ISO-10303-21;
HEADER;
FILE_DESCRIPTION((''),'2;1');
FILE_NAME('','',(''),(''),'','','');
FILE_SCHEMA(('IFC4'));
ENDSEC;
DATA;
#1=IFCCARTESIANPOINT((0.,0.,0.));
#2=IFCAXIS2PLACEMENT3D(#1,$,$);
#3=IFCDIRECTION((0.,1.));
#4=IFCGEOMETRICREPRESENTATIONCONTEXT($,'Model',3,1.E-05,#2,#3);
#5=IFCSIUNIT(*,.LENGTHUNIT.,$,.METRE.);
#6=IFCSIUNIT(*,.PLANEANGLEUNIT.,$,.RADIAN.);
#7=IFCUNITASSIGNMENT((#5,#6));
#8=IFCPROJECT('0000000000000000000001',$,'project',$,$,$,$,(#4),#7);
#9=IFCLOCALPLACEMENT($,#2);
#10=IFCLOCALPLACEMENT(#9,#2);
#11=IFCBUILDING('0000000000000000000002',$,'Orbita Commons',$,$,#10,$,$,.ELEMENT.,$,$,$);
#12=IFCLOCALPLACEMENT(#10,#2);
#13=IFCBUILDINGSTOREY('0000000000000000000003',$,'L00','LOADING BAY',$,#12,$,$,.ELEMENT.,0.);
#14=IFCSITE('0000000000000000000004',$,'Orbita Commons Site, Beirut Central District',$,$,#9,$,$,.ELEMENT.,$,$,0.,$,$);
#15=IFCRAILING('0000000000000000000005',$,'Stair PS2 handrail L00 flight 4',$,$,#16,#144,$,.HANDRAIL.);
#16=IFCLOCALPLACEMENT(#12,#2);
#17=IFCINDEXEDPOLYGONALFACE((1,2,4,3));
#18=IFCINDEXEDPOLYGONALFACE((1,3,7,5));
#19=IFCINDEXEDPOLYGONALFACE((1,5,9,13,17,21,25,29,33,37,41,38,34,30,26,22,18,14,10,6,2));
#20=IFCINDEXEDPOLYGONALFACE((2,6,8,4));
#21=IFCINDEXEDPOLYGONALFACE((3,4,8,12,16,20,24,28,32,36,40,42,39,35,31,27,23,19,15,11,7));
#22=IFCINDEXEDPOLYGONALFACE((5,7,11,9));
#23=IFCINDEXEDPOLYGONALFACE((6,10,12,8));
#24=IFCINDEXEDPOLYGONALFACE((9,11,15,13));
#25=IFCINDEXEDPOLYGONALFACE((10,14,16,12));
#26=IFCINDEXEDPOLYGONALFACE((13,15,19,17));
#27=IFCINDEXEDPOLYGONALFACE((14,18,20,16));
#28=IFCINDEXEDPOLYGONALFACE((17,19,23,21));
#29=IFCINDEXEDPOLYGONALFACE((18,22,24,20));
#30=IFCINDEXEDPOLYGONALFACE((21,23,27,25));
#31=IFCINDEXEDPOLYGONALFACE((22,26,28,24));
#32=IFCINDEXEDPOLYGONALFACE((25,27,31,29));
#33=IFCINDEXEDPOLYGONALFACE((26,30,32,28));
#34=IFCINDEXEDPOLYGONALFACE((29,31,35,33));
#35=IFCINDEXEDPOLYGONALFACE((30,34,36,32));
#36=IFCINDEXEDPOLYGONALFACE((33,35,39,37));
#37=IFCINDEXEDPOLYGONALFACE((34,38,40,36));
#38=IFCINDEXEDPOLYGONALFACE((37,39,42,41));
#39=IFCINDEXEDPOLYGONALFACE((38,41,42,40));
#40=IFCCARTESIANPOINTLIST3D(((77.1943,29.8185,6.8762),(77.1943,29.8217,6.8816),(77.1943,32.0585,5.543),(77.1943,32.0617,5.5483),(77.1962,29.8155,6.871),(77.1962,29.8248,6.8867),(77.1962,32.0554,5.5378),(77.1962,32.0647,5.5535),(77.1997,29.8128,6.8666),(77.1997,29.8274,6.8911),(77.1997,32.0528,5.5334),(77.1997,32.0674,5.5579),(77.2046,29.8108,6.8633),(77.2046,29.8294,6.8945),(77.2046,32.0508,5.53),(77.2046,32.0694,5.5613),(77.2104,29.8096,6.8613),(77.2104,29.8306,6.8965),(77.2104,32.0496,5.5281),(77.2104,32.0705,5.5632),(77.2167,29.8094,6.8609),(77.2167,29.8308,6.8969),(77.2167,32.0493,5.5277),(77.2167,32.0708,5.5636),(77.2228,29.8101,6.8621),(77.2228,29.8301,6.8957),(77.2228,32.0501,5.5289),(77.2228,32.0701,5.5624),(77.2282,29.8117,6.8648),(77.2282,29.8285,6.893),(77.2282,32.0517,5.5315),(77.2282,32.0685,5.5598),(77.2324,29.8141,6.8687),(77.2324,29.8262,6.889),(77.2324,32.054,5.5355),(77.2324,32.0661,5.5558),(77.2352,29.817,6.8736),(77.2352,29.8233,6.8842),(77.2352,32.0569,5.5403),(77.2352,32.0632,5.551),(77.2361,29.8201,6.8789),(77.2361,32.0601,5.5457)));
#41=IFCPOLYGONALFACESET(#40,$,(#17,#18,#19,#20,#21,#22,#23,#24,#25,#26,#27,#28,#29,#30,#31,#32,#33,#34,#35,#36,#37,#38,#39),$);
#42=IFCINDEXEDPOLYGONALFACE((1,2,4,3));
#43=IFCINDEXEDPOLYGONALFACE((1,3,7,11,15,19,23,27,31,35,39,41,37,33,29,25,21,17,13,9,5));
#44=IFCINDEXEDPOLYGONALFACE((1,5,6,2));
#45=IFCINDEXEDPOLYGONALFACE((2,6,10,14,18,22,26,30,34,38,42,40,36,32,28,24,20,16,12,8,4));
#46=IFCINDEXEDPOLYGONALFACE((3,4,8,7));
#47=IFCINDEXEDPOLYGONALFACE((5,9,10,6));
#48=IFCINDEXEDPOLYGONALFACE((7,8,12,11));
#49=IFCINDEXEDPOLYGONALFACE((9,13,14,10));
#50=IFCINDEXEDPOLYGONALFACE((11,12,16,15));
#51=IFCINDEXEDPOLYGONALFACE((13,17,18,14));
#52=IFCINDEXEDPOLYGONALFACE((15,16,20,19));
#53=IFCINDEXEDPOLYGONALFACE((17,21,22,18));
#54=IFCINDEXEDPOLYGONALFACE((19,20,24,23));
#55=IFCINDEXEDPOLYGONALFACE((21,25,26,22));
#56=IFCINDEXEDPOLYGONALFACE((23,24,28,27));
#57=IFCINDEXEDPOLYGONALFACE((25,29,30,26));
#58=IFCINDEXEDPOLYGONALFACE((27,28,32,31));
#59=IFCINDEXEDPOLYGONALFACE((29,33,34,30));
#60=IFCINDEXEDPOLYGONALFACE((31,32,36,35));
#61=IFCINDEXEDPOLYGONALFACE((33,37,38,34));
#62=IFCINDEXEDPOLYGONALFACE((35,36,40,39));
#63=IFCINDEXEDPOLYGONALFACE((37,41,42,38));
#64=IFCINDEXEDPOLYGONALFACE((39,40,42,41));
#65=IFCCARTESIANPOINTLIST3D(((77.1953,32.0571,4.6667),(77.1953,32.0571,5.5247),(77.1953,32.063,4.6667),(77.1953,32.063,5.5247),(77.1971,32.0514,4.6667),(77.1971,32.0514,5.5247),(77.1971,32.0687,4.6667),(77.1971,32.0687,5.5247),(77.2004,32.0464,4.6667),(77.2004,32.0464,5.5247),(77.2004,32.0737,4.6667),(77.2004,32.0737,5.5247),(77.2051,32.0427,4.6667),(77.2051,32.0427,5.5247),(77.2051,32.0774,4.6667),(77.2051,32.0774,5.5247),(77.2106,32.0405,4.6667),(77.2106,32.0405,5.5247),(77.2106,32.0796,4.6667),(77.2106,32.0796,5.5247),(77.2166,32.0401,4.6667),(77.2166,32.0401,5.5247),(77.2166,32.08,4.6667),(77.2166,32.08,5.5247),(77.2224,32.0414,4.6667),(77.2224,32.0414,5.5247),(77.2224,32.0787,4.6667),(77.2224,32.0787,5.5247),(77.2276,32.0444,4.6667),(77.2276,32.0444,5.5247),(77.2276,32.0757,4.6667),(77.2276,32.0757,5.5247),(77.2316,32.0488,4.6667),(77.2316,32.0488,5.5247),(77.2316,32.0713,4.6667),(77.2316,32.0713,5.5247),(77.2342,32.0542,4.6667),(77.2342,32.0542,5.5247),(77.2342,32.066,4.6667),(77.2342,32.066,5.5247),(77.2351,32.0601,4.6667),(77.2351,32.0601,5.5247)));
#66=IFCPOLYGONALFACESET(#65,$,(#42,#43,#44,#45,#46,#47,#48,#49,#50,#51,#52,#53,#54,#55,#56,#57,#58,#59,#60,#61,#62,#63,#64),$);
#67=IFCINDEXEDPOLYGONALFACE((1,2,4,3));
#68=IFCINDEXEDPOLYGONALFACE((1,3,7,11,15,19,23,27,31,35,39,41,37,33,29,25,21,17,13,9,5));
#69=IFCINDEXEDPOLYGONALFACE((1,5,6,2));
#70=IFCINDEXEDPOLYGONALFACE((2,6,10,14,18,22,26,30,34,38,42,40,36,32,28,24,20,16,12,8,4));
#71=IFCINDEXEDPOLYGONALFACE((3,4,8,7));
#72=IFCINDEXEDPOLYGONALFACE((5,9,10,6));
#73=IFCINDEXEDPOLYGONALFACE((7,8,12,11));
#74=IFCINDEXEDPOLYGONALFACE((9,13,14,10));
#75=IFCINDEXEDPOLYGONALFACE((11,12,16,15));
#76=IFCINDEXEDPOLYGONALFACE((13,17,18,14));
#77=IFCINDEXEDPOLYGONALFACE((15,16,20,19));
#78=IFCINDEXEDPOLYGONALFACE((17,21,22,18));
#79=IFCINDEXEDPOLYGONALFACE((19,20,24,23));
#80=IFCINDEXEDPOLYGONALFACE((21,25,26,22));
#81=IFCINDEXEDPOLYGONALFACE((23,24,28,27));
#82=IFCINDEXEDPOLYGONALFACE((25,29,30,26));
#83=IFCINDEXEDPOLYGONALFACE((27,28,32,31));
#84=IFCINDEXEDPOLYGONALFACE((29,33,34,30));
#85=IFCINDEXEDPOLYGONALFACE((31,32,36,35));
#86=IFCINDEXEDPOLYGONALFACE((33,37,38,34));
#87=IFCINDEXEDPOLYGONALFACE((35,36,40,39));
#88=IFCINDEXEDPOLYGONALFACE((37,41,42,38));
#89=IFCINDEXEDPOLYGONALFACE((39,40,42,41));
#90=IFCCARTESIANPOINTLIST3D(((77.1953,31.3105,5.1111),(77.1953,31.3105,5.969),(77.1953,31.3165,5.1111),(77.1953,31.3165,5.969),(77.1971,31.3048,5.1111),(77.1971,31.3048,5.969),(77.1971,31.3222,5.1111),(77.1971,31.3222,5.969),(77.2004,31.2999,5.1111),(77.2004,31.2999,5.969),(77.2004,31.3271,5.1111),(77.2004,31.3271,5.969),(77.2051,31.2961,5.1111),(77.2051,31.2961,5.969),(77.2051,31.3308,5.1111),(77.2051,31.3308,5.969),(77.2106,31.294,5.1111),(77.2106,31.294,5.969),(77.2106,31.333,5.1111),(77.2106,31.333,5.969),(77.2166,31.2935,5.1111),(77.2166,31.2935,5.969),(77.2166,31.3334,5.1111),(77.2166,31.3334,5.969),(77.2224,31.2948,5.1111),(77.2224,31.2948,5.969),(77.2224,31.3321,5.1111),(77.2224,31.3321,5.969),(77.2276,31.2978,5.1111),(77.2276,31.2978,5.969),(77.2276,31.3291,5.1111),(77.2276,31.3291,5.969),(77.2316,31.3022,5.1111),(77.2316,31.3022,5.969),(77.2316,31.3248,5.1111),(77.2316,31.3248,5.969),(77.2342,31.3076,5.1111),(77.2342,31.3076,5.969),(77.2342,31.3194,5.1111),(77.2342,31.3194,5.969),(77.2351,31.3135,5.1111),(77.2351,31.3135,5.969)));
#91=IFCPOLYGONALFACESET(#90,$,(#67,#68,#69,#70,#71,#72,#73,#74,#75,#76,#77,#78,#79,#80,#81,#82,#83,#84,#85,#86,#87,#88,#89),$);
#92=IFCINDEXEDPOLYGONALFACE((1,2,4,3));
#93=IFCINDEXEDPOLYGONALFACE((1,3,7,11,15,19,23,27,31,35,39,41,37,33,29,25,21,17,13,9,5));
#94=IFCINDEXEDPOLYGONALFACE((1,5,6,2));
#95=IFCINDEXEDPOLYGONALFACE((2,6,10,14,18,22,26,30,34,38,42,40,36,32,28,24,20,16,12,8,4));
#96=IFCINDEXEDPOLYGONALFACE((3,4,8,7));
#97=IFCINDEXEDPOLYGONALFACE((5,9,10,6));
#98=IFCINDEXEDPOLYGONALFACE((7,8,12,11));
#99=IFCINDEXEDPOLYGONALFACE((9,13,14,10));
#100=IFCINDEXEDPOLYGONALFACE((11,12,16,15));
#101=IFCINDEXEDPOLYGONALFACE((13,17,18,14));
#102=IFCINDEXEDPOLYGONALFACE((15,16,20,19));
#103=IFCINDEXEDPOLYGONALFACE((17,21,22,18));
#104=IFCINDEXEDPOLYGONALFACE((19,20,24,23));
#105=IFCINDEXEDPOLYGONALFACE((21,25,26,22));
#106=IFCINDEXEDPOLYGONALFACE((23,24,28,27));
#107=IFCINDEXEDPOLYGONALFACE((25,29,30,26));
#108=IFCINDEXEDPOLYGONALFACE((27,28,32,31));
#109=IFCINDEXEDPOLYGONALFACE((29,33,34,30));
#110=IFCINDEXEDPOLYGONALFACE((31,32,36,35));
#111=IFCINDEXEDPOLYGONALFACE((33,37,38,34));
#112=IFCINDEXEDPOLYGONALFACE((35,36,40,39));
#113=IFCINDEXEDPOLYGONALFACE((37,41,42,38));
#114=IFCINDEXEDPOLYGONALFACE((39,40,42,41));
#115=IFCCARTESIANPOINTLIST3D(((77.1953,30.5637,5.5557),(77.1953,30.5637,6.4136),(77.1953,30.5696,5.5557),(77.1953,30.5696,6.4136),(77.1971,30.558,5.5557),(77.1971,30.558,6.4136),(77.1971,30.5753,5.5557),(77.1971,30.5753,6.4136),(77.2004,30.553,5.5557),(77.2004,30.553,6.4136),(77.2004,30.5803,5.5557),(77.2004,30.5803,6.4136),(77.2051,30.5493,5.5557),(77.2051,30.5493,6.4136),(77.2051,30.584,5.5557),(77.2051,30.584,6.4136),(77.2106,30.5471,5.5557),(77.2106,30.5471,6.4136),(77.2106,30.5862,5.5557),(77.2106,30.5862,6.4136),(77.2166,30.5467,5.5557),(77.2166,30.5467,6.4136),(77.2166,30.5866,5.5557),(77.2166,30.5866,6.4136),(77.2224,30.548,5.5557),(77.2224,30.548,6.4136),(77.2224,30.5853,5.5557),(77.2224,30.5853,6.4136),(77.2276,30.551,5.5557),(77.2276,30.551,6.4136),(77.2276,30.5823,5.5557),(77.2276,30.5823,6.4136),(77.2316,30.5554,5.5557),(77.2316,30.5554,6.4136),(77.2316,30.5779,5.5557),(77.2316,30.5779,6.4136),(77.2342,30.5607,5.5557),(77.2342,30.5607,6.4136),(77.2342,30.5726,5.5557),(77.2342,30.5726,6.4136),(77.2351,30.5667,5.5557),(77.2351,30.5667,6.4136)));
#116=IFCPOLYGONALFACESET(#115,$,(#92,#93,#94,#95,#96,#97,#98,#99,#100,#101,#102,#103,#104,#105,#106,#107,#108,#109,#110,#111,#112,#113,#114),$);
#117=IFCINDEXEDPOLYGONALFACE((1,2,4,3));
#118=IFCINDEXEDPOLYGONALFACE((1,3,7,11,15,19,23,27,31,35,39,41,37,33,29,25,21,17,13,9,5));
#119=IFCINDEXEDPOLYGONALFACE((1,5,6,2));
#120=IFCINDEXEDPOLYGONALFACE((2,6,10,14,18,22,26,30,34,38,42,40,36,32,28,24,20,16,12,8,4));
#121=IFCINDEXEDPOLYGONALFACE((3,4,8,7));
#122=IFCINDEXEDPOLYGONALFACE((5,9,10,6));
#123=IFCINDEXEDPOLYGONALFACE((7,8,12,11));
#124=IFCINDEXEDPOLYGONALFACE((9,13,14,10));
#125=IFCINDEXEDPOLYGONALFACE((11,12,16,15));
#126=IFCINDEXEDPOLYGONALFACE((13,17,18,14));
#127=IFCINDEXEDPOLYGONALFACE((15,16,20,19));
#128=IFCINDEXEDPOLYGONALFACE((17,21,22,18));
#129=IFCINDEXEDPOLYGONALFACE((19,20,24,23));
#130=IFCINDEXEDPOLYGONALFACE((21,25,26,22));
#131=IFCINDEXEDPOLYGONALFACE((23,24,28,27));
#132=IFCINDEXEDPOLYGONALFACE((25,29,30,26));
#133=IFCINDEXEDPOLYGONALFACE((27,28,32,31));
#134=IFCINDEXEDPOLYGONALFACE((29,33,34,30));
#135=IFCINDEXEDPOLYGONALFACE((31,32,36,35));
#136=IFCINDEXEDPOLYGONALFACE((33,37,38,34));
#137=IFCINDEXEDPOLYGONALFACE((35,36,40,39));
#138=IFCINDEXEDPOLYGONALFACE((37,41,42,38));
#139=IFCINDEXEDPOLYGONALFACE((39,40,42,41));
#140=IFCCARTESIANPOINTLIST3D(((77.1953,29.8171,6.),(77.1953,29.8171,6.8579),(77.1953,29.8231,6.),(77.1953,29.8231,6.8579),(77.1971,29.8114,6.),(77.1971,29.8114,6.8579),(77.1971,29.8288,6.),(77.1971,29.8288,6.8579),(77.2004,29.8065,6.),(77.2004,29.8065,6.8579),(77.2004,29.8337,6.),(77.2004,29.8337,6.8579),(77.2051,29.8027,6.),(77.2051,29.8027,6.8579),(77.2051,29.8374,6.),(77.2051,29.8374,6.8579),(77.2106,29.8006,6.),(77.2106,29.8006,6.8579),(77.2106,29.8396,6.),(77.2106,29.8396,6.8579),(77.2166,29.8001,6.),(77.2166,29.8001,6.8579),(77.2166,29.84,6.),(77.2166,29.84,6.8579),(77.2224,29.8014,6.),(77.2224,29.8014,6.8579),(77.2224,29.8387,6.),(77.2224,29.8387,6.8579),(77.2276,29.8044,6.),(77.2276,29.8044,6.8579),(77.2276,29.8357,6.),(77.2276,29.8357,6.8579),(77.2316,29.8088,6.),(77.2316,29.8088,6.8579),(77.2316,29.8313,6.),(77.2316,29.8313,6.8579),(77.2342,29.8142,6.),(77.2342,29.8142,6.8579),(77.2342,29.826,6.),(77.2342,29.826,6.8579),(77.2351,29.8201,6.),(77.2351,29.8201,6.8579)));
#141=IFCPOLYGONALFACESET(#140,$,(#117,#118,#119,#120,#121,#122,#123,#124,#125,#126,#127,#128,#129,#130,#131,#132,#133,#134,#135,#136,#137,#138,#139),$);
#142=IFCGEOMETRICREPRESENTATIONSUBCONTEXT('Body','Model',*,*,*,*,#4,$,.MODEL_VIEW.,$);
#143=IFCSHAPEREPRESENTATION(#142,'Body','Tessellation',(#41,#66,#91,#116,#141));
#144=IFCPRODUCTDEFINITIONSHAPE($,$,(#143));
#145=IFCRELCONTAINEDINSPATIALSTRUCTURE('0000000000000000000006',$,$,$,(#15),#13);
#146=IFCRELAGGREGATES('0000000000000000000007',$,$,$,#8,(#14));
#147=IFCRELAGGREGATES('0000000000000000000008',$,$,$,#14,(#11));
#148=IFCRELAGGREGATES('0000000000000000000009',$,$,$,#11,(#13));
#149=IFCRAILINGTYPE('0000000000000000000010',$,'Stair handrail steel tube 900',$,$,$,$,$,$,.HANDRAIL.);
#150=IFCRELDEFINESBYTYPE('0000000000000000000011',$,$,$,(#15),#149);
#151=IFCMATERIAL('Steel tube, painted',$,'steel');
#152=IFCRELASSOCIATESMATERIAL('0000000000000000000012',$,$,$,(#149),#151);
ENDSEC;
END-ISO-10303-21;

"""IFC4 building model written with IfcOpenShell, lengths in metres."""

from ifc_helpers import new_model, si_unit, direction, frame, origin, origin_2d, place, context, subcontext, project, spatial, circle, extrude, material, type_object, element, save


model = new_model("IFC4")

# Units and contexts
model_context = context("Model", 3, precision=1e-05, world=origin(), true_north=direction((0.0, 1.0)))
body_context = subcontext(model_context, "Body", "Model", "MODEL_VIEW")
ifc_project = project(units=[si_unit("LENGTHUNIT", "METRE"), si_unit("PLANEANGLEUNIT", "RADIAN")], contexts=[model_context])

# Site, building, storey
site_placement = place(None, origin())
site = spatial("IfcSite", under=ifc_project, at=site_placement, Name="Orbita Commons Site, Beirut Central District", CompositionType="ELEMENT", RefElevation=0.0)
building_placement = place(site_placement, origin())
building = spatial("IfcBuilding", under=site, at=building_placement, Name="Orbita Commons", CompositionType="ELEMENT")
storey_placement = place(building_placement, origin())
storey = spatial("IfcBuildingStorey", under=building, at=storey_placement, Name="L00", Description="LOADING BAY", CompositionType="ELEMENT", Elevation=0.0)

# Railing
ifc_material_1 = material(Name="Steel tube, painted", Category="steel")
railing_type_1 = type_object("IfcRailingType", Name="Stair handrail steel tube 900", PredefinedType="HANDRAIL", material=ifc_material_1)
for number, where, name in (
    (1, (77.2151, 32.0601, 4.6667), "Stair PS2 handrail L00 flight 4"),
):
    element("IfcRailing", number, at=place(storey_placement, frame(where)), inside=storey, type_object=railing_type_1, Name=name, PredefinedType="HANDRAIL", context=body_context, shape_type="SweptSolid", body=[
        extrude(circle(Radius=0.021, at=origin_2d()), frame((0.0, 0.0, 0.8789), z_axis=(0.0, -0.859306, 0.511462), x_axis=(1.0, 0.0, 0.0)), (0.0, 0.0, 1.0), 2.6067),
        extrude(circle(Radius=0.02, at=origin_2d()), origin(), (0.0, 0.0, 1.0), 0.8579),
        extrude(circle(Radius=0.02, at=origin_2d()), frame((0.0, -0.7466, 0.4443)), (0.0, 0.0, 1.0), 0.8579),
        extrude(circle(Radius=0.02, at=origin_2d()), frame((0.0, -1.4934, 0.8889)), (0.0, 0.0, 1.0), 0.8579),
        extrude(circle(Radius=0.02, at=origin_2d()), frame((0.0, -2.24, 1.3333)), (0.0, 0.0, 1.0), 0.8579),
    ])

save(model, "model.ifc")
